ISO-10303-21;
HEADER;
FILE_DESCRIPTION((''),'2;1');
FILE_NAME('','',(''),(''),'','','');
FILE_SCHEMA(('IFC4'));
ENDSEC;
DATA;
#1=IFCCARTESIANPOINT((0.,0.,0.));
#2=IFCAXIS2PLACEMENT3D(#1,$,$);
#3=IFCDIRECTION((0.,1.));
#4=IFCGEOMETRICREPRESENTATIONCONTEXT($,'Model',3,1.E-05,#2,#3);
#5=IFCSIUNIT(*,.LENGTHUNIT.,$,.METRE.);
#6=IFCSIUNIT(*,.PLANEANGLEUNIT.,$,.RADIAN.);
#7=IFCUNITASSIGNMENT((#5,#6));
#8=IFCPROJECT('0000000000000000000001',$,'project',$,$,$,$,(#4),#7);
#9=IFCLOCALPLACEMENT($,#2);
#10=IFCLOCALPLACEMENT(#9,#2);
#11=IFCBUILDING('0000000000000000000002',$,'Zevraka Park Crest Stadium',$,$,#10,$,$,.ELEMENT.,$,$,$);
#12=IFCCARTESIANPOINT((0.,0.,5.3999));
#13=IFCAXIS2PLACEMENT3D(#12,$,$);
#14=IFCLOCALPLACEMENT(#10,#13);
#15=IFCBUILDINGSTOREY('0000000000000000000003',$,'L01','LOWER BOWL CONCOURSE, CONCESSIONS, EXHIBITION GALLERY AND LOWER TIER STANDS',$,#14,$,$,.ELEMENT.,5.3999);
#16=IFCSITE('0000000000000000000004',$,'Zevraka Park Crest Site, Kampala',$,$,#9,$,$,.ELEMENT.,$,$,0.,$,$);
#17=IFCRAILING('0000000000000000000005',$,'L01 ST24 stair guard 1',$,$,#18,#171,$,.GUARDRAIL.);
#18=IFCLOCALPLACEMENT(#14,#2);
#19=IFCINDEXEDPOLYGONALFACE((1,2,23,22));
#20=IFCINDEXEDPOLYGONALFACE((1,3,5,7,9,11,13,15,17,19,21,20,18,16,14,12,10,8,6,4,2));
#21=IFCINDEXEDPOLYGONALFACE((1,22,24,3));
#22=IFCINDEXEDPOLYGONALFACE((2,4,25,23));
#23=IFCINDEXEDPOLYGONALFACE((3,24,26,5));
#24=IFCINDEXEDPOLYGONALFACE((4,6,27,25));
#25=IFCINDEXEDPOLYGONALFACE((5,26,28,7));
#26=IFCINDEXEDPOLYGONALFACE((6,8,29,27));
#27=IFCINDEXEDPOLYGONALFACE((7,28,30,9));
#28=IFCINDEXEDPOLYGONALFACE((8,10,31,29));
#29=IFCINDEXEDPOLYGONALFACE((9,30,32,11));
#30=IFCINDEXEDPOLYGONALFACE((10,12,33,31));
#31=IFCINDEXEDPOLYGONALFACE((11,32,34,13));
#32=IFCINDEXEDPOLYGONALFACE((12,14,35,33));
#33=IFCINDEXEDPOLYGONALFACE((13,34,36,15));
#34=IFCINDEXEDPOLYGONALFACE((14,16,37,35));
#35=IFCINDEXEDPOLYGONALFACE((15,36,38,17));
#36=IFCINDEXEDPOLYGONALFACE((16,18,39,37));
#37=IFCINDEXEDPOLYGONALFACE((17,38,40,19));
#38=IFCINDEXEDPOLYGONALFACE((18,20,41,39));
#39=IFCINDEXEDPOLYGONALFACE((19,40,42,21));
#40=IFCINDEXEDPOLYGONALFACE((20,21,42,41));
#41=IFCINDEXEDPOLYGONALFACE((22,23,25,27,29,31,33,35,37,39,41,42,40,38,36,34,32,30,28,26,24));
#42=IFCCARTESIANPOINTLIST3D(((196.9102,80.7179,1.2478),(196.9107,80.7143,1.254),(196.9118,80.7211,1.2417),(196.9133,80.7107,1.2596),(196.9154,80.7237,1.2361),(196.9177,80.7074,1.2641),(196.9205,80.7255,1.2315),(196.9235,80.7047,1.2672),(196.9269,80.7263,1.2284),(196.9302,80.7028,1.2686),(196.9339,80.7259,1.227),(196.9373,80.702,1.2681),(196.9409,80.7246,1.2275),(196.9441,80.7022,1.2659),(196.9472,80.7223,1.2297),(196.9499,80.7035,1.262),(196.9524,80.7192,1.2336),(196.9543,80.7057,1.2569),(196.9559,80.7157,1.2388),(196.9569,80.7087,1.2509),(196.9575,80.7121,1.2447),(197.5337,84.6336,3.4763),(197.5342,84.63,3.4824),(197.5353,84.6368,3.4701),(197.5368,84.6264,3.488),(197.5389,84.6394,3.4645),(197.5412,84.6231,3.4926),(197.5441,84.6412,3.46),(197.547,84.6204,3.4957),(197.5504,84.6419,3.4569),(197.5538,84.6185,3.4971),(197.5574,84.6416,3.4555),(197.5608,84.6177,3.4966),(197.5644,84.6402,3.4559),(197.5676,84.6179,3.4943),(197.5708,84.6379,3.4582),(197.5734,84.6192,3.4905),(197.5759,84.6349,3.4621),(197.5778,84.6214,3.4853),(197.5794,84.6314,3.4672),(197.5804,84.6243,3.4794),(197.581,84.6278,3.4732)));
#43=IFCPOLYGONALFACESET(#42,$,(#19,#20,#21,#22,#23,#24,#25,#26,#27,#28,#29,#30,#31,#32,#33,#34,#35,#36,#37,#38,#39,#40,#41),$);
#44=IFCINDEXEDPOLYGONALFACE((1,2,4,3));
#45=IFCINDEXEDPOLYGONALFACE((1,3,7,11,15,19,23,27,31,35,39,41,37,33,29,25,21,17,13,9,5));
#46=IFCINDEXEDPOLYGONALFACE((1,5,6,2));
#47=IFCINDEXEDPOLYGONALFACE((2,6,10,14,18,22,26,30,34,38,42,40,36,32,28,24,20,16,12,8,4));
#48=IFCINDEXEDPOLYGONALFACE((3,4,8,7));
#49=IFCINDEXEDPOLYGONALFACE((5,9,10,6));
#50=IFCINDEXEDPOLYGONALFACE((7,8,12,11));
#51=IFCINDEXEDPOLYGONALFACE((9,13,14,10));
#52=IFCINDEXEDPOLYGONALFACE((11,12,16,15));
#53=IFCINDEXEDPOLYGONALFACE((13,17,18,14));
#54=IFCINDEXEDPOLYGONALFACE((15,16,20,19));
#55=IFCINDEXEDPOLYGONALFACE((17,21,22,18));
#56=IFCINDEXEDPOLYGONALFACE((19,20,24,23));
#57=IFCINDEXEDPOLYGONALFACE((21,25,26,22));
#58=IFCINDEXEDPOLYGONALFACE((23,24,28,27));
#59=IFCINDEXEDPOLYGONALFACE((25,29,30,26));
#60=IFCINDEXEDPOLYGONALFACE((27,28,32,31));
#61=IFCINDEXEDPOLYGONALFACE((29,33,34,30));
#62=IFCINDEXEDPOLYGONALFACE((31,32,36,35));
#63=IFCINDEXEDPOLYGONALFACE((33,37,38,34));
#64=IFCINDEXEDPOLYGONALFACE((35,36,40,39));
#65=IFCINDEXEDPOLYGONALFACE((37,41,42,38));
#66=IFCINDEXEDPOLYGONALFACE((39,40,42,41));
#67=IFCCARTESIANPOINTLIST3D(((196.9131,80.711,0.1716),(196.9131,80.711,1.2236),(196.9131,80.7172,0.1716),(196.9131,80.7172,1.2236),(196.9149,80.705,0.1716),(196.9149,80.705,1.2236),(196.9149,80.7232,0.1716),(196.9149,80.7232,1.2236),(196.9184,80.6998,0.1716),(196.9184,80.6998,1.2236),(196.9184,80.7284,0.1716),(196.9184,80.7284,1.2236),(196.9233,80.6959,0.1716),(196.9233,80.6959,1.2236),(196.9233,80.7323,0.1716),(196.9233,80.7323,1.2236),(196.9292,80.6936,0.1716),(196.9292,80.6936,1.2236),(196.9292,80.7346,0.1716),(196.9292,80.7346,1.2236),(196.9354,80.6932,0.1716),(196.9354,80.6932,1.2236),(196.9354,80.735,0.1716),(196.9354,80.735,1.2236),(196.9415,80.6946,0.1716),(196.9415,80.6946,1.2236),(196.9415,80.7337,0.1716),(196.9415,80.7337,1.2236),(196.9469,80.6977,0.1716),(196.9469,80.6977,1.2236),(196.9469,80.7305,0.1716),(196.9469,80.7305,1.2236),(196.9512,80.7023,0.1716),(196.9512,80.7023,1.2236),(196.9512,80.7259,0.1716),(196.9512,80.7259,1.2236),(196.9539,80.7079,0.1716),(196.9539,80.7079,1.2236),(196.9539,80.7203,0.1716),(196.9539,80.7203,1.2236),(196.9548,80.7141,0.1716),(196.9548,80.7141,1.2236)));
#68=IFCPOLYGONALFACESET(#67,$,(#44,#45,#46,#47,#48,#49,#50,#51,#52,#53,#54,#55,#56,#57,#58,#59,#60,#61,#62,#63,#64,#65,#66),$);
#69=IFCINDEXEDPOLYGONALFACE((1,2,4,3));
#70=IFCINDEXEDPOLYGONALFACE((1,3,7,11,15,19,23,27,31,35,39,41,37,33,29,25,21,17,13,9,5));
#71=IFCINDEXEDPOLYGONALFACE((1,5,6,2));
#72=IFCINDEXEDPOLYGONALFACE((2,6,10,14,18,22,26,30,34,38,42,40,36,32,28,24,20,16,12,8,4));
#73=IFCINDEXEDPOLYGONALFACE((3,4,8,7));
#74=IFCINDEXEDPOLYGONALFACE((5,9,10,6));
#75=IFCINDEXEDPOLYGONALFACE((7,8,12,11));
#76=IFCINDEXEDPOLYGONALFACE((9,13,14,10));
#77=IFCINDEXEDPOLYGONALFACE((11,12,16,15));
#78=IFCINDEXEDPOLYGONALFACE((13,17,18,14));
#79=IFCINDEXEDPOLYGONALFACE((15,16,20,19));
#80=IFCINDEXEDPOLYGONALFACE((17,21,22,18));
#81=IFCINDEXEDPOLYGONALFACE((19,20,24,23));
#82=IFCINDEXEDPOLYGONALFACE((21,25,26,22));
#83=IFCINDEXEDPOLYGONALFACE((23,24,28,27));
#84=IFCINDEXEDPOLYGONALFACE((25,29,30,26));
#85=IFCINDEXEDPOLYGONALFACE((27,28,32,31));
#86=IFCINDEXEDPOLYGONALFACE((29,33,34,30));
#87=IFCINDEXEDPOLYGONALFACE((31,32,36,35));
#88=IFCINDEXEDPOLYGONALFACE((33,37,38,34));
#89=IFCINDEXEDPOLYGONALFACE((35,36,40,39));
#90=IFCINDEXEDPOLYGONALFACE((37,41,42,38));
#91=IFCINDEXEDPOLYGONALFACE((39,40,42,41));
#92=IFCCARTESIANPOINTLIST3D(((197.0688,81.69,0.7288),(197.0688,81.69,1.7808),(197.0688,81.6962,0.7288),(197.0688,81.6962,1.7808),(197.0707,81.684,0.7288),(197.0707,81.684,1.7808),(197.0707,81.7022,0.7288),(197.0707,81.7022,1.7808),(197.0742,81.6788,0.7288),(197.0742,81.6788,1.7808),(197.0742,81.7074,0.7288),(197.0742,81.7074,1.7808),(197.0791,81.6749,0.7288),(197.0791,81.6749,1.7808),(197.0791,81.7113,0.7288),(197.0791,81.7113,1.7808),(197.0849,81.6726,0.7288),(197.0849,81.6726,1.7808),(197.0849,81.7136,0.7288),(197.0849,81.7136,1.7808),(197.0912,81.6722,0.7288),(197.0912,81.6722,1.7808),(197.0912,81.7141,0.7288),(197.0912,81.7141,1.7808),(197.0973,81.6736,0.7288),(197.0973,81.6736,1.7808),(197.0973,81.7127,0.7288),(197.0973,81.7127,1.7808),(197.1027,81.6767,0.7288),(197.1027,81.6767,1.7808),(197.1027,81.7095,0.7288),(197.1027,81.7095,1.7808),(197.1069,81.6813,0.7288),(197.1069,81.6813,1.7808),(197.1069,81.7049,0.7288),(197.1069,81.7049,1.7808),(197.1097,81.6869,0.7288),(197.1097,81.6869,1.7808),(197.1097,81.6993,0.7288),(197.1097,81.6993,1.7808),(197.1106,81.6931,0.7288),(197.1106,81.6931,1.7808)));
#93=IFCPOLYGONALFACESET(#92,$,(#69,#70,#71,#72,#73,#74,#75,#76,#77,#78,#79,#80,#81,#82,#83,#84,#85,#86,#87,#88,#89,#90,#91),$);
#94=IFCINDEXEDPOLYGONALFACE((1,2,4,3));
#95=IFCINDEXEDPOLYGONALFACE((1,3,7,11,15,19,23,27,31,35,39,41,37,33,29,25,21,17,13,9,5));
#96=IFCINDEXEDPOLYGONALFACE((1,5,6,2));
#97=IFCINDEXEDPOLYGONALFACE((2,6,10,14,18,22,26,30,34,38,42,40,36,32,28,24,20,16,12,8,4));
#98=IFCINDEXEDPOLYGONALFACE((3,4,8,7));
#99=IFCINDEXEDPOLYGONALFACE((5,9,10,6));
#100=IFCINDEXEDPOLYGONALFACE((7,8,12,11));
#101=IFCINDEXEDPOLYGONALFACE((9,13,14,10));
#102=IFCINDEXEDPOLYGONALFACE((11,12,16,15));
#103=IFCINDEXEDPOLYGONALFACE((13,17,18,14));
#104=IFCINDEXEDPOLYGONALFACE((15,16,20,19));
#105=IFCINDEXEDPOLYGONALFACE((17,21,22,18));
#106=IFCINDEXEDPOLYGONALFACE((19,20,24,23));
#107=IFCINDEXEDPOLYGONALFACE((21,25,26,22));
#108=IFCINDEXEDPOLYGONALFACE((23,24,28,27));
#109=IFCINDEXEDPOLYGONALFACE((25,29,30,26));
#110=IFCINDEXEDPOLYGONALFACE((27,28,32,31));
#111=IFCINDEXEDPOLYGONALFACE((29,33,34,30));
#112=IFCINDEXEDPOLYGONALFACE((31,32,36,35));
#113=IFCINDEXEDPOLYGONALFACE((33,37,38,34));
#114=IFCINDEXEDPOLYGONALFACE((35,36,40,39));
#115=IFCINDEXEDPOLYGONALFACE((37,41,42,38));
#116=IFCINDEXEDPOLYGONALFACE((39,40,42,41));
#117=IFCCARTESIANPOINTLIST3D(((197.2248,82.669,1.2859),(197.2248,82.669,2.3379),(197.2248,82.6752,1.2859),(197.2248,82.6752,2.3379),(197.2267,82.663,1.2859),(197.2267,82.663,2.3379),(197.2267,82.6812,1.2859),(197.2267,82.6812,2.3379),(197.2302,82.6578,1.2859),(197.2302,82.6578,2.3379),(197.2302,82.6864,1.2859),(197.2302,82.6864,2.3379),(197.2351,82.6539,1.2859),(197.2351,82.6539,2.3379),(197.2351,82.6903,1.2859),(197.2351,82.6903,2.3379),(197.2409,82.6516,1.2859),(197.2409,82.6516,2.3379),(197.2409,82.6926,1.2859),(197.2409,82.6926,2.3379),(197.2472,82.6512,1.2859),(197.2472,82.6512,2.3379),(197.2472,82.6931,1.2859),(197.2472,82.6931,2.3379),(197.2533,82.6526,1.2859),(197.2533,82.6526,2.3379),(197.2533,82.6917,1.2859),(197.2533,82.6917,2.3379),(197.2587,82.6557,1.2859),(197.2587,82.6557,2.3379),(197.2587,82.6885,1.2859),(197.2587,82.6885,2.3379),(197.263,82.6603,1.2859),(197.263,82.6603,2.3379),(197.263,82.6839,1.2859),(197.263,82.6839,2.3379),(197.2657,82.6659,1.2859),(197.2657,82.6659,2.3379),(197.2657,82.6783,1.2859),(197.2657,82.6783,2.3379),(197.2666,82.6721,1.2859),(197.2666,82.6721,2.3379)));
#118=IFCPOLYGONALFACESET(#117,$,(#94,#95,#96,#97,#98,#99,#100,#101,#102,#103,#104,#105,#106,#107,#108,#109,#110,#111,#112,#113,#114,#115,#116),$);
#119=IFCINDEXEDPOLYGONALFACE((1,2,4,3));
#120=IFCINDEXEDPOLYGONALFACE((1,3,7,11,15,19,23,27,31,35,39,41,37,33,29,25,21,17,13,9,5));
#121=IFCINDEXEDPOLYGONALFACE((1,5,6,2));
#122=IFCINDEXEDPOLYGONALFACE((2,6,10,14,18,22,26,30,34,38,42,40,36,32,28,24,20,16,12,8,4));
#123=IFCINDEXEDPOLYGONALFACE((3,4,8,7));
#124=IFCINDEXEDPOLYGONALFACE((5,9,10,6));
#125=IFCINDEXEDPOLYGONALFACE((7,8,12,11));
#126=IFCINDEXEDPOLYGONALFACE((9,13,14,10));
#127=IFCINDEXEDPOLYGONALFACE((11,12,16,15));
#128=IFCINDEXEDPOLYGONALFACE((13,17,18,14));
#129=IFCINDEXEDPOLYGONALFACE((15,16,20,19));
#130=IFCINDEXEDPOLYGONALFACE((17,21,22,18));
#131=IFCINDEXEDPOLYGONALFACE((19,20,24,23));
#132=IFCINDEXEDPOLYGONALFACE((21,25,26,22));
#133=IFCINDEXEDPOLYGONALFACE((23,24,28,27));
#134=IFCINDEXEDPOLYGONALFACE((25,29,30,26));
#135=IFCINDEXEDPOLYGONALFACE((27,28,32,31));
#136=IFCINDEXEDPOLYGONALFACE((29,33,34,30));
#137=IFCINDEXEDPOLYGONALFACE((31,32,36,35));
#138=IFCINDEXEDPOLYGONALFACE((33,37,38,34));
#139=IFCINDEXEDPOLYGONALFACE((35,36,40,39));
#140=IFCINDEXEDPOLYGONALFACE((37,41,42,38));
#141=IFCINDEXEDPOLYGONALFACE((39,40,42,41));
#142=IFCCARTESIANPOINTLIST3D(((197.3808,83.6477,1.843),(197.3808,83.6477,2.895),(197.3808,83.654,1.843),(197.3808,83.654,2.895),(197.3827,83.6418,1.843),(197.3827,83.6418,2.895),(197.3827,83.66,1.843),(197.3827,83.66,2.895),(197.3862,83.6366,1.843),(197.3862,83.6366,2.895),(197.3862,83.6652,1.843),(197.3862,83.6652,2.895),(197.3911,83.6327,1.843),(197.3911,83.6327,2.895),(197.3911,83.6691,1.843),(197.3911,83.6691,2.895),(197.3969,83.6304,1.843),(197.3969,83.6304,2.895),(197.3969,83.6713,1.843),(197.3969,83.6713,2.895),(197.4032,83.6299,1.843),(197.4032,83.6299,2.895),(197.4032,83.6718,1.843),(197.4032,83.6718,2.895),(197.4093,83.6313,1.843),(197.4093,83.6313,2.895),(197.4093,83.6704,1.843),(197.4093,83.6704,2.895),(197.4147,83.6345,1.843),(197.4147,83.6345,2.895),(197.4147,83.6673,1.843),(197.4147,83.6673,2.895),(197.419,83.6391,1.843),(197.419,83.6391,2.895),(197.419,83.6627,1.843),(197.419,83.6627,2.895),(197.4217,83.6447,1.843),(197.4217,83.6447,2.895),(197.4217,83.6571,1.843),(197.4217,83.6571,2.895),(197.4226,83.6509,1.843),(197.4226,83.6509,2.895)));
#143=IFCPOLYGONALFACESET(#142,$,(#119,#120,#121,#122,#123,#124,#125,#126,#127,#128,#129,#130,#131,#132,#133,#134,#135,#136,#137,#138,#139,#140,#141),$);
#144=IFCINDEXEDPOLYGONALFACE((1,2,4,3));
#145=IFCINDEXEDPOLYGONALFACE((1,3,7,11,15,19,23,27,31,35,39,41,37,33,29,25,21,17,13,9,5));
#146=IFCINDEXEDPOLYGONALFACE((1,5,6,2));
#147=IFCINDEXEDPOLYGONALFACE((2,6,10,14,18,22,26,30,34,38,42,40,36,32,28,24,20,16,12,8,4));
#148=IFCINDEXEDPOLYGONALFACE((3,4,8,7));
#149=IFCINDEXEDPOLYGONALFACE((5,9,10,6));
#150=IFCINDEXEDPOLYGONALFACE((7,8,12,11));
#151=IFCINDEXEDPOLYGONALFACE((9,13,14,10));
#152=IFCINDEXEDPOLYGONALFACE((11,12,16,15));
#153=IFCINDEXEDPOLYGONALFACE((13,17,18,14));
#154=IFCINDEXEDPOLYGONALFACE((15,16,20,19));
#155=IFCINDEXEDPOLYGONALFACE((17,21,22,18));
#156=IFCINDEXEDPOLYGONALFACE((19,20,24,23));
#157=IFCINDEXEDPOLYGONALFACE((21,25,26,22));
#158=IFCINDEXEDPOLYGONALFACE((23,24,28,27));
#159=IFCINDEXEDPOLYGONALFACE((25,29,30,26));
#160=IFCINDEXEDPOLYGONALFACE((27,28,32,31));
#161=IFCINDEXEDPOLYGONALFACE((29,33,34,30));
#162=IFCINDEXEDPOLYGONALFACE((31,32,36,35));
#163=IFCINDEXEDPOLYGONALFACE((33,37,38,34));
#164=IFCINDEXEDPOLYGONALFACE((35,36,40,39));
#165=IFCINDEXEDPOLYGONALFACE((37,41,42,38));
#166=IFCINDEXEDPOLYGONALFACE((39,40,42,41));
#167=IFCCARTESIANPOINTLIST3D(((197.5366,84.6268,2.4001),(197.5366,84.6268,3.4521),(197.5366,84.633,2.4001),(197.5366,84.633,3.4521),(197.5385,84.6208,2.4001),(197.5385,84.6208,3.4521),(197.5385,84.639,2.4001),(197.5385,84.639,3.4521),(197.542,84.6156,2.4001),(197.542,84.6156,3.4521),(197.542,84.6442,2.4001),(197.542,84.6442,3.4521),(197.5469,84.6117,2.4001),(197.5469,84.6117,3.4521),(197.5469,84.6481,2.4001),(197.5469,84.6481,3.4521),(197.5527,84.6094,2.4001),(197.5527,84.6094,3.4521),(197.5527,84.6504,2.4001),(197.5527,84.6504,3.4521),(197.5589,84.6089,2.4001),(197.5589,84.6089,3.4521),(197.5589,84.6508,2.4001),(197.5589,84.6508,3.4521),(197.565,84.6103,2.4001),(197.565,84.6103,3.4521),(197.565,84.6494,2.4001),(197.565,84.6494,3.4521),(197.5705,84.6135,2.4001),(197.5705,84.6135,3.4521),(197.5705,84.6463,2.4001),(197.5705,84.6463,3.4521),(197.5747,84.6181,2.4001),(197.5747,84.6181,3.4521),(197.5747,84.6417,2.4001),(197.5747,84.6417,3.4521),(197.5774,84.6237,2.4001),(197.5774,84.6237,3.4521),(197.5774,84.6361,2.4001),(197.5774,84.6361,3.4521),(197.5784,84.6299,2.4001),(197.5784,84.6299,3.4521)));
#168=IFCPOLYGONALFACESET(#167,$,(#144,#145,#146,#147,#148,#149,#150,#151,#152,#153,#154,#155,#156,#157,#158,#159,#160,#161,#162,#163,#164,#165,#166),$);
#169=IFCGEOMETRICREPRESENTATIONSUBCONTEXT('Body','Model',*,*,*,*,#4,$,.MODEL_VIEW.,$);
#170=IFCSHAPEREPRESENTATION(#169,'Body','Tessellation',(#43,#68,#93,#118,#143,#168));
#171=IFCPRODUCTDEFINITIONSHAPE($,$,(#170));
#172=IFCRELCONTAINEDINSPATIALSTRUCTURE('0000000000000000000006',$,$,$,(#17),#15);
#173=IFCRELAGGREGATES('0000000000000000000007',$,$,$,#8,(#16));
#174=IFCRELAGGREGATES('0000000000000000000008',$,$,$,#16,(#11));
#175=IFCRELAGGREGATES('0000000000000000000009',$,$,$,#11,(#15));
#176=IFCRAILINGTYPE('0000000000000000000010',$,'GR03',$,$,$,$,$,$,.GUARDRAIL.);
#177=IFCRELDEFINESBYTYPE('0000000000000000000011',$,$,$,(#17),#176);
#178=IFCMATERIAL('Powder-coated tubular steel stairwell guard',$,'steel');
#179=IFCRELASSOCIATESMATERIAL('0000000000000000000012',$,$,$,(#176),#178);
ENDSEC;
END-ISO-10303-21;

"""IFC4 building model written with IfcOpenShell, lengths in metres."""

from ifc_helpers import new_model, si_unit, direction, frame, origin, origin_2d, place, context, subcontext, project, spatial, circle, extrude, material, type_object, element, save


model = new_model("IFC4")

# Units and contexts
model_context = context("Model", 3, precision=1e-05, world=origin(), true_north=direction((0.0, 1.0)))
body_context = subcontext(model_context, "Body", "Model", "MODEL_VIEW")
ifc_project = project(units=[si_unit("LENGTHUNIT", "METRE"), si_unit("PLANEANGLEUNIT", "RADIAN")], contexts=[model_context])

# Site, building, storey
site_placement = place(None, origin())
site = spatial("IfcSite", under=ifc_project, at=site_placement, Name="Zevraka Park Crest Site, Kampala", CompositionType="ELEMENT", RefElevation=0.0)
building_placement = place(site_placement, origin())
building = spatial("IfcBuilding", under=site, at=building_placement, Name="Zevraka Park Crest Stadium", CompositionType="ELEMENT")
storey_placement = place(building_placement, frame((0.0, 0.0, 5.3999)))
storey = spatial("IfcBuildingStorey", under=building, at=storey_placement, Name="L01", Description="LOWER BOWL CONCOURSE, CONCESSIONS, EXHIBITION GALLERY AND LOWER TIER STANDS", CompositionType="ELEMENT", Elevation=5.3999)

# Railing
ifc_material_1 = material(Name="Powder-coated tubular steel stairwell guard", Category="steel")
railing_type_1 = type_object("IfcRailingType", Name="GR03", PredefinedType="GUARDRAIL", material=ifc_material_1)
railing_1_placement = place(storey_placement, frame((196.9338, 80.7141, 0.1716)))
element("IfcRailing", 1, at=railing_1_placement, inside=storey, type_object=railing_type_1, Name="L01 ST24 stair guard 1", PredefinedType="GUARDRAIL", context=body_context, shape_type="SweptSolid", body=[
    extrude(circle(Radius=0.0239, at=origin_2d()), frame((0.0, 0.0, 1.0762), z_axis=(0.137088, 0.860903, 0.489951), x_axis=(-0.987558, 0.157256, 0.0)), (0.0, 0.0, 1.0), 4.5483),
    extrude(circle(Radius=0.021, at=origin_2d()), origin(), (0.0, 0.0, 1.0), 1.052),
    extrude(circle(Radius=0.021, at=origin_2d()), frame((0.1558, 0.979, 0.5571)), (0.0, 0.0, 1.0), 1.052),
    extrude(circle(Radius=0.021, at=origin_2d()), frame((0.3118, 1.958, 1.1143)), (0.0, 0.0, 1.0), 1.052),
    extrude(circle(Radius=0.021, at=origin_2d()), frame((0.4678, 2.9368, 1.6714)), (0.0, 0.0, 1.0), 1.052),
    extrude(circle(Radius=0.021, at=origin_2d()), frame((0.6235, 3.9158, 2.2285)), (0.0, 0.0, 1.0), 1.052),
])

save(model, "model.ifc")
